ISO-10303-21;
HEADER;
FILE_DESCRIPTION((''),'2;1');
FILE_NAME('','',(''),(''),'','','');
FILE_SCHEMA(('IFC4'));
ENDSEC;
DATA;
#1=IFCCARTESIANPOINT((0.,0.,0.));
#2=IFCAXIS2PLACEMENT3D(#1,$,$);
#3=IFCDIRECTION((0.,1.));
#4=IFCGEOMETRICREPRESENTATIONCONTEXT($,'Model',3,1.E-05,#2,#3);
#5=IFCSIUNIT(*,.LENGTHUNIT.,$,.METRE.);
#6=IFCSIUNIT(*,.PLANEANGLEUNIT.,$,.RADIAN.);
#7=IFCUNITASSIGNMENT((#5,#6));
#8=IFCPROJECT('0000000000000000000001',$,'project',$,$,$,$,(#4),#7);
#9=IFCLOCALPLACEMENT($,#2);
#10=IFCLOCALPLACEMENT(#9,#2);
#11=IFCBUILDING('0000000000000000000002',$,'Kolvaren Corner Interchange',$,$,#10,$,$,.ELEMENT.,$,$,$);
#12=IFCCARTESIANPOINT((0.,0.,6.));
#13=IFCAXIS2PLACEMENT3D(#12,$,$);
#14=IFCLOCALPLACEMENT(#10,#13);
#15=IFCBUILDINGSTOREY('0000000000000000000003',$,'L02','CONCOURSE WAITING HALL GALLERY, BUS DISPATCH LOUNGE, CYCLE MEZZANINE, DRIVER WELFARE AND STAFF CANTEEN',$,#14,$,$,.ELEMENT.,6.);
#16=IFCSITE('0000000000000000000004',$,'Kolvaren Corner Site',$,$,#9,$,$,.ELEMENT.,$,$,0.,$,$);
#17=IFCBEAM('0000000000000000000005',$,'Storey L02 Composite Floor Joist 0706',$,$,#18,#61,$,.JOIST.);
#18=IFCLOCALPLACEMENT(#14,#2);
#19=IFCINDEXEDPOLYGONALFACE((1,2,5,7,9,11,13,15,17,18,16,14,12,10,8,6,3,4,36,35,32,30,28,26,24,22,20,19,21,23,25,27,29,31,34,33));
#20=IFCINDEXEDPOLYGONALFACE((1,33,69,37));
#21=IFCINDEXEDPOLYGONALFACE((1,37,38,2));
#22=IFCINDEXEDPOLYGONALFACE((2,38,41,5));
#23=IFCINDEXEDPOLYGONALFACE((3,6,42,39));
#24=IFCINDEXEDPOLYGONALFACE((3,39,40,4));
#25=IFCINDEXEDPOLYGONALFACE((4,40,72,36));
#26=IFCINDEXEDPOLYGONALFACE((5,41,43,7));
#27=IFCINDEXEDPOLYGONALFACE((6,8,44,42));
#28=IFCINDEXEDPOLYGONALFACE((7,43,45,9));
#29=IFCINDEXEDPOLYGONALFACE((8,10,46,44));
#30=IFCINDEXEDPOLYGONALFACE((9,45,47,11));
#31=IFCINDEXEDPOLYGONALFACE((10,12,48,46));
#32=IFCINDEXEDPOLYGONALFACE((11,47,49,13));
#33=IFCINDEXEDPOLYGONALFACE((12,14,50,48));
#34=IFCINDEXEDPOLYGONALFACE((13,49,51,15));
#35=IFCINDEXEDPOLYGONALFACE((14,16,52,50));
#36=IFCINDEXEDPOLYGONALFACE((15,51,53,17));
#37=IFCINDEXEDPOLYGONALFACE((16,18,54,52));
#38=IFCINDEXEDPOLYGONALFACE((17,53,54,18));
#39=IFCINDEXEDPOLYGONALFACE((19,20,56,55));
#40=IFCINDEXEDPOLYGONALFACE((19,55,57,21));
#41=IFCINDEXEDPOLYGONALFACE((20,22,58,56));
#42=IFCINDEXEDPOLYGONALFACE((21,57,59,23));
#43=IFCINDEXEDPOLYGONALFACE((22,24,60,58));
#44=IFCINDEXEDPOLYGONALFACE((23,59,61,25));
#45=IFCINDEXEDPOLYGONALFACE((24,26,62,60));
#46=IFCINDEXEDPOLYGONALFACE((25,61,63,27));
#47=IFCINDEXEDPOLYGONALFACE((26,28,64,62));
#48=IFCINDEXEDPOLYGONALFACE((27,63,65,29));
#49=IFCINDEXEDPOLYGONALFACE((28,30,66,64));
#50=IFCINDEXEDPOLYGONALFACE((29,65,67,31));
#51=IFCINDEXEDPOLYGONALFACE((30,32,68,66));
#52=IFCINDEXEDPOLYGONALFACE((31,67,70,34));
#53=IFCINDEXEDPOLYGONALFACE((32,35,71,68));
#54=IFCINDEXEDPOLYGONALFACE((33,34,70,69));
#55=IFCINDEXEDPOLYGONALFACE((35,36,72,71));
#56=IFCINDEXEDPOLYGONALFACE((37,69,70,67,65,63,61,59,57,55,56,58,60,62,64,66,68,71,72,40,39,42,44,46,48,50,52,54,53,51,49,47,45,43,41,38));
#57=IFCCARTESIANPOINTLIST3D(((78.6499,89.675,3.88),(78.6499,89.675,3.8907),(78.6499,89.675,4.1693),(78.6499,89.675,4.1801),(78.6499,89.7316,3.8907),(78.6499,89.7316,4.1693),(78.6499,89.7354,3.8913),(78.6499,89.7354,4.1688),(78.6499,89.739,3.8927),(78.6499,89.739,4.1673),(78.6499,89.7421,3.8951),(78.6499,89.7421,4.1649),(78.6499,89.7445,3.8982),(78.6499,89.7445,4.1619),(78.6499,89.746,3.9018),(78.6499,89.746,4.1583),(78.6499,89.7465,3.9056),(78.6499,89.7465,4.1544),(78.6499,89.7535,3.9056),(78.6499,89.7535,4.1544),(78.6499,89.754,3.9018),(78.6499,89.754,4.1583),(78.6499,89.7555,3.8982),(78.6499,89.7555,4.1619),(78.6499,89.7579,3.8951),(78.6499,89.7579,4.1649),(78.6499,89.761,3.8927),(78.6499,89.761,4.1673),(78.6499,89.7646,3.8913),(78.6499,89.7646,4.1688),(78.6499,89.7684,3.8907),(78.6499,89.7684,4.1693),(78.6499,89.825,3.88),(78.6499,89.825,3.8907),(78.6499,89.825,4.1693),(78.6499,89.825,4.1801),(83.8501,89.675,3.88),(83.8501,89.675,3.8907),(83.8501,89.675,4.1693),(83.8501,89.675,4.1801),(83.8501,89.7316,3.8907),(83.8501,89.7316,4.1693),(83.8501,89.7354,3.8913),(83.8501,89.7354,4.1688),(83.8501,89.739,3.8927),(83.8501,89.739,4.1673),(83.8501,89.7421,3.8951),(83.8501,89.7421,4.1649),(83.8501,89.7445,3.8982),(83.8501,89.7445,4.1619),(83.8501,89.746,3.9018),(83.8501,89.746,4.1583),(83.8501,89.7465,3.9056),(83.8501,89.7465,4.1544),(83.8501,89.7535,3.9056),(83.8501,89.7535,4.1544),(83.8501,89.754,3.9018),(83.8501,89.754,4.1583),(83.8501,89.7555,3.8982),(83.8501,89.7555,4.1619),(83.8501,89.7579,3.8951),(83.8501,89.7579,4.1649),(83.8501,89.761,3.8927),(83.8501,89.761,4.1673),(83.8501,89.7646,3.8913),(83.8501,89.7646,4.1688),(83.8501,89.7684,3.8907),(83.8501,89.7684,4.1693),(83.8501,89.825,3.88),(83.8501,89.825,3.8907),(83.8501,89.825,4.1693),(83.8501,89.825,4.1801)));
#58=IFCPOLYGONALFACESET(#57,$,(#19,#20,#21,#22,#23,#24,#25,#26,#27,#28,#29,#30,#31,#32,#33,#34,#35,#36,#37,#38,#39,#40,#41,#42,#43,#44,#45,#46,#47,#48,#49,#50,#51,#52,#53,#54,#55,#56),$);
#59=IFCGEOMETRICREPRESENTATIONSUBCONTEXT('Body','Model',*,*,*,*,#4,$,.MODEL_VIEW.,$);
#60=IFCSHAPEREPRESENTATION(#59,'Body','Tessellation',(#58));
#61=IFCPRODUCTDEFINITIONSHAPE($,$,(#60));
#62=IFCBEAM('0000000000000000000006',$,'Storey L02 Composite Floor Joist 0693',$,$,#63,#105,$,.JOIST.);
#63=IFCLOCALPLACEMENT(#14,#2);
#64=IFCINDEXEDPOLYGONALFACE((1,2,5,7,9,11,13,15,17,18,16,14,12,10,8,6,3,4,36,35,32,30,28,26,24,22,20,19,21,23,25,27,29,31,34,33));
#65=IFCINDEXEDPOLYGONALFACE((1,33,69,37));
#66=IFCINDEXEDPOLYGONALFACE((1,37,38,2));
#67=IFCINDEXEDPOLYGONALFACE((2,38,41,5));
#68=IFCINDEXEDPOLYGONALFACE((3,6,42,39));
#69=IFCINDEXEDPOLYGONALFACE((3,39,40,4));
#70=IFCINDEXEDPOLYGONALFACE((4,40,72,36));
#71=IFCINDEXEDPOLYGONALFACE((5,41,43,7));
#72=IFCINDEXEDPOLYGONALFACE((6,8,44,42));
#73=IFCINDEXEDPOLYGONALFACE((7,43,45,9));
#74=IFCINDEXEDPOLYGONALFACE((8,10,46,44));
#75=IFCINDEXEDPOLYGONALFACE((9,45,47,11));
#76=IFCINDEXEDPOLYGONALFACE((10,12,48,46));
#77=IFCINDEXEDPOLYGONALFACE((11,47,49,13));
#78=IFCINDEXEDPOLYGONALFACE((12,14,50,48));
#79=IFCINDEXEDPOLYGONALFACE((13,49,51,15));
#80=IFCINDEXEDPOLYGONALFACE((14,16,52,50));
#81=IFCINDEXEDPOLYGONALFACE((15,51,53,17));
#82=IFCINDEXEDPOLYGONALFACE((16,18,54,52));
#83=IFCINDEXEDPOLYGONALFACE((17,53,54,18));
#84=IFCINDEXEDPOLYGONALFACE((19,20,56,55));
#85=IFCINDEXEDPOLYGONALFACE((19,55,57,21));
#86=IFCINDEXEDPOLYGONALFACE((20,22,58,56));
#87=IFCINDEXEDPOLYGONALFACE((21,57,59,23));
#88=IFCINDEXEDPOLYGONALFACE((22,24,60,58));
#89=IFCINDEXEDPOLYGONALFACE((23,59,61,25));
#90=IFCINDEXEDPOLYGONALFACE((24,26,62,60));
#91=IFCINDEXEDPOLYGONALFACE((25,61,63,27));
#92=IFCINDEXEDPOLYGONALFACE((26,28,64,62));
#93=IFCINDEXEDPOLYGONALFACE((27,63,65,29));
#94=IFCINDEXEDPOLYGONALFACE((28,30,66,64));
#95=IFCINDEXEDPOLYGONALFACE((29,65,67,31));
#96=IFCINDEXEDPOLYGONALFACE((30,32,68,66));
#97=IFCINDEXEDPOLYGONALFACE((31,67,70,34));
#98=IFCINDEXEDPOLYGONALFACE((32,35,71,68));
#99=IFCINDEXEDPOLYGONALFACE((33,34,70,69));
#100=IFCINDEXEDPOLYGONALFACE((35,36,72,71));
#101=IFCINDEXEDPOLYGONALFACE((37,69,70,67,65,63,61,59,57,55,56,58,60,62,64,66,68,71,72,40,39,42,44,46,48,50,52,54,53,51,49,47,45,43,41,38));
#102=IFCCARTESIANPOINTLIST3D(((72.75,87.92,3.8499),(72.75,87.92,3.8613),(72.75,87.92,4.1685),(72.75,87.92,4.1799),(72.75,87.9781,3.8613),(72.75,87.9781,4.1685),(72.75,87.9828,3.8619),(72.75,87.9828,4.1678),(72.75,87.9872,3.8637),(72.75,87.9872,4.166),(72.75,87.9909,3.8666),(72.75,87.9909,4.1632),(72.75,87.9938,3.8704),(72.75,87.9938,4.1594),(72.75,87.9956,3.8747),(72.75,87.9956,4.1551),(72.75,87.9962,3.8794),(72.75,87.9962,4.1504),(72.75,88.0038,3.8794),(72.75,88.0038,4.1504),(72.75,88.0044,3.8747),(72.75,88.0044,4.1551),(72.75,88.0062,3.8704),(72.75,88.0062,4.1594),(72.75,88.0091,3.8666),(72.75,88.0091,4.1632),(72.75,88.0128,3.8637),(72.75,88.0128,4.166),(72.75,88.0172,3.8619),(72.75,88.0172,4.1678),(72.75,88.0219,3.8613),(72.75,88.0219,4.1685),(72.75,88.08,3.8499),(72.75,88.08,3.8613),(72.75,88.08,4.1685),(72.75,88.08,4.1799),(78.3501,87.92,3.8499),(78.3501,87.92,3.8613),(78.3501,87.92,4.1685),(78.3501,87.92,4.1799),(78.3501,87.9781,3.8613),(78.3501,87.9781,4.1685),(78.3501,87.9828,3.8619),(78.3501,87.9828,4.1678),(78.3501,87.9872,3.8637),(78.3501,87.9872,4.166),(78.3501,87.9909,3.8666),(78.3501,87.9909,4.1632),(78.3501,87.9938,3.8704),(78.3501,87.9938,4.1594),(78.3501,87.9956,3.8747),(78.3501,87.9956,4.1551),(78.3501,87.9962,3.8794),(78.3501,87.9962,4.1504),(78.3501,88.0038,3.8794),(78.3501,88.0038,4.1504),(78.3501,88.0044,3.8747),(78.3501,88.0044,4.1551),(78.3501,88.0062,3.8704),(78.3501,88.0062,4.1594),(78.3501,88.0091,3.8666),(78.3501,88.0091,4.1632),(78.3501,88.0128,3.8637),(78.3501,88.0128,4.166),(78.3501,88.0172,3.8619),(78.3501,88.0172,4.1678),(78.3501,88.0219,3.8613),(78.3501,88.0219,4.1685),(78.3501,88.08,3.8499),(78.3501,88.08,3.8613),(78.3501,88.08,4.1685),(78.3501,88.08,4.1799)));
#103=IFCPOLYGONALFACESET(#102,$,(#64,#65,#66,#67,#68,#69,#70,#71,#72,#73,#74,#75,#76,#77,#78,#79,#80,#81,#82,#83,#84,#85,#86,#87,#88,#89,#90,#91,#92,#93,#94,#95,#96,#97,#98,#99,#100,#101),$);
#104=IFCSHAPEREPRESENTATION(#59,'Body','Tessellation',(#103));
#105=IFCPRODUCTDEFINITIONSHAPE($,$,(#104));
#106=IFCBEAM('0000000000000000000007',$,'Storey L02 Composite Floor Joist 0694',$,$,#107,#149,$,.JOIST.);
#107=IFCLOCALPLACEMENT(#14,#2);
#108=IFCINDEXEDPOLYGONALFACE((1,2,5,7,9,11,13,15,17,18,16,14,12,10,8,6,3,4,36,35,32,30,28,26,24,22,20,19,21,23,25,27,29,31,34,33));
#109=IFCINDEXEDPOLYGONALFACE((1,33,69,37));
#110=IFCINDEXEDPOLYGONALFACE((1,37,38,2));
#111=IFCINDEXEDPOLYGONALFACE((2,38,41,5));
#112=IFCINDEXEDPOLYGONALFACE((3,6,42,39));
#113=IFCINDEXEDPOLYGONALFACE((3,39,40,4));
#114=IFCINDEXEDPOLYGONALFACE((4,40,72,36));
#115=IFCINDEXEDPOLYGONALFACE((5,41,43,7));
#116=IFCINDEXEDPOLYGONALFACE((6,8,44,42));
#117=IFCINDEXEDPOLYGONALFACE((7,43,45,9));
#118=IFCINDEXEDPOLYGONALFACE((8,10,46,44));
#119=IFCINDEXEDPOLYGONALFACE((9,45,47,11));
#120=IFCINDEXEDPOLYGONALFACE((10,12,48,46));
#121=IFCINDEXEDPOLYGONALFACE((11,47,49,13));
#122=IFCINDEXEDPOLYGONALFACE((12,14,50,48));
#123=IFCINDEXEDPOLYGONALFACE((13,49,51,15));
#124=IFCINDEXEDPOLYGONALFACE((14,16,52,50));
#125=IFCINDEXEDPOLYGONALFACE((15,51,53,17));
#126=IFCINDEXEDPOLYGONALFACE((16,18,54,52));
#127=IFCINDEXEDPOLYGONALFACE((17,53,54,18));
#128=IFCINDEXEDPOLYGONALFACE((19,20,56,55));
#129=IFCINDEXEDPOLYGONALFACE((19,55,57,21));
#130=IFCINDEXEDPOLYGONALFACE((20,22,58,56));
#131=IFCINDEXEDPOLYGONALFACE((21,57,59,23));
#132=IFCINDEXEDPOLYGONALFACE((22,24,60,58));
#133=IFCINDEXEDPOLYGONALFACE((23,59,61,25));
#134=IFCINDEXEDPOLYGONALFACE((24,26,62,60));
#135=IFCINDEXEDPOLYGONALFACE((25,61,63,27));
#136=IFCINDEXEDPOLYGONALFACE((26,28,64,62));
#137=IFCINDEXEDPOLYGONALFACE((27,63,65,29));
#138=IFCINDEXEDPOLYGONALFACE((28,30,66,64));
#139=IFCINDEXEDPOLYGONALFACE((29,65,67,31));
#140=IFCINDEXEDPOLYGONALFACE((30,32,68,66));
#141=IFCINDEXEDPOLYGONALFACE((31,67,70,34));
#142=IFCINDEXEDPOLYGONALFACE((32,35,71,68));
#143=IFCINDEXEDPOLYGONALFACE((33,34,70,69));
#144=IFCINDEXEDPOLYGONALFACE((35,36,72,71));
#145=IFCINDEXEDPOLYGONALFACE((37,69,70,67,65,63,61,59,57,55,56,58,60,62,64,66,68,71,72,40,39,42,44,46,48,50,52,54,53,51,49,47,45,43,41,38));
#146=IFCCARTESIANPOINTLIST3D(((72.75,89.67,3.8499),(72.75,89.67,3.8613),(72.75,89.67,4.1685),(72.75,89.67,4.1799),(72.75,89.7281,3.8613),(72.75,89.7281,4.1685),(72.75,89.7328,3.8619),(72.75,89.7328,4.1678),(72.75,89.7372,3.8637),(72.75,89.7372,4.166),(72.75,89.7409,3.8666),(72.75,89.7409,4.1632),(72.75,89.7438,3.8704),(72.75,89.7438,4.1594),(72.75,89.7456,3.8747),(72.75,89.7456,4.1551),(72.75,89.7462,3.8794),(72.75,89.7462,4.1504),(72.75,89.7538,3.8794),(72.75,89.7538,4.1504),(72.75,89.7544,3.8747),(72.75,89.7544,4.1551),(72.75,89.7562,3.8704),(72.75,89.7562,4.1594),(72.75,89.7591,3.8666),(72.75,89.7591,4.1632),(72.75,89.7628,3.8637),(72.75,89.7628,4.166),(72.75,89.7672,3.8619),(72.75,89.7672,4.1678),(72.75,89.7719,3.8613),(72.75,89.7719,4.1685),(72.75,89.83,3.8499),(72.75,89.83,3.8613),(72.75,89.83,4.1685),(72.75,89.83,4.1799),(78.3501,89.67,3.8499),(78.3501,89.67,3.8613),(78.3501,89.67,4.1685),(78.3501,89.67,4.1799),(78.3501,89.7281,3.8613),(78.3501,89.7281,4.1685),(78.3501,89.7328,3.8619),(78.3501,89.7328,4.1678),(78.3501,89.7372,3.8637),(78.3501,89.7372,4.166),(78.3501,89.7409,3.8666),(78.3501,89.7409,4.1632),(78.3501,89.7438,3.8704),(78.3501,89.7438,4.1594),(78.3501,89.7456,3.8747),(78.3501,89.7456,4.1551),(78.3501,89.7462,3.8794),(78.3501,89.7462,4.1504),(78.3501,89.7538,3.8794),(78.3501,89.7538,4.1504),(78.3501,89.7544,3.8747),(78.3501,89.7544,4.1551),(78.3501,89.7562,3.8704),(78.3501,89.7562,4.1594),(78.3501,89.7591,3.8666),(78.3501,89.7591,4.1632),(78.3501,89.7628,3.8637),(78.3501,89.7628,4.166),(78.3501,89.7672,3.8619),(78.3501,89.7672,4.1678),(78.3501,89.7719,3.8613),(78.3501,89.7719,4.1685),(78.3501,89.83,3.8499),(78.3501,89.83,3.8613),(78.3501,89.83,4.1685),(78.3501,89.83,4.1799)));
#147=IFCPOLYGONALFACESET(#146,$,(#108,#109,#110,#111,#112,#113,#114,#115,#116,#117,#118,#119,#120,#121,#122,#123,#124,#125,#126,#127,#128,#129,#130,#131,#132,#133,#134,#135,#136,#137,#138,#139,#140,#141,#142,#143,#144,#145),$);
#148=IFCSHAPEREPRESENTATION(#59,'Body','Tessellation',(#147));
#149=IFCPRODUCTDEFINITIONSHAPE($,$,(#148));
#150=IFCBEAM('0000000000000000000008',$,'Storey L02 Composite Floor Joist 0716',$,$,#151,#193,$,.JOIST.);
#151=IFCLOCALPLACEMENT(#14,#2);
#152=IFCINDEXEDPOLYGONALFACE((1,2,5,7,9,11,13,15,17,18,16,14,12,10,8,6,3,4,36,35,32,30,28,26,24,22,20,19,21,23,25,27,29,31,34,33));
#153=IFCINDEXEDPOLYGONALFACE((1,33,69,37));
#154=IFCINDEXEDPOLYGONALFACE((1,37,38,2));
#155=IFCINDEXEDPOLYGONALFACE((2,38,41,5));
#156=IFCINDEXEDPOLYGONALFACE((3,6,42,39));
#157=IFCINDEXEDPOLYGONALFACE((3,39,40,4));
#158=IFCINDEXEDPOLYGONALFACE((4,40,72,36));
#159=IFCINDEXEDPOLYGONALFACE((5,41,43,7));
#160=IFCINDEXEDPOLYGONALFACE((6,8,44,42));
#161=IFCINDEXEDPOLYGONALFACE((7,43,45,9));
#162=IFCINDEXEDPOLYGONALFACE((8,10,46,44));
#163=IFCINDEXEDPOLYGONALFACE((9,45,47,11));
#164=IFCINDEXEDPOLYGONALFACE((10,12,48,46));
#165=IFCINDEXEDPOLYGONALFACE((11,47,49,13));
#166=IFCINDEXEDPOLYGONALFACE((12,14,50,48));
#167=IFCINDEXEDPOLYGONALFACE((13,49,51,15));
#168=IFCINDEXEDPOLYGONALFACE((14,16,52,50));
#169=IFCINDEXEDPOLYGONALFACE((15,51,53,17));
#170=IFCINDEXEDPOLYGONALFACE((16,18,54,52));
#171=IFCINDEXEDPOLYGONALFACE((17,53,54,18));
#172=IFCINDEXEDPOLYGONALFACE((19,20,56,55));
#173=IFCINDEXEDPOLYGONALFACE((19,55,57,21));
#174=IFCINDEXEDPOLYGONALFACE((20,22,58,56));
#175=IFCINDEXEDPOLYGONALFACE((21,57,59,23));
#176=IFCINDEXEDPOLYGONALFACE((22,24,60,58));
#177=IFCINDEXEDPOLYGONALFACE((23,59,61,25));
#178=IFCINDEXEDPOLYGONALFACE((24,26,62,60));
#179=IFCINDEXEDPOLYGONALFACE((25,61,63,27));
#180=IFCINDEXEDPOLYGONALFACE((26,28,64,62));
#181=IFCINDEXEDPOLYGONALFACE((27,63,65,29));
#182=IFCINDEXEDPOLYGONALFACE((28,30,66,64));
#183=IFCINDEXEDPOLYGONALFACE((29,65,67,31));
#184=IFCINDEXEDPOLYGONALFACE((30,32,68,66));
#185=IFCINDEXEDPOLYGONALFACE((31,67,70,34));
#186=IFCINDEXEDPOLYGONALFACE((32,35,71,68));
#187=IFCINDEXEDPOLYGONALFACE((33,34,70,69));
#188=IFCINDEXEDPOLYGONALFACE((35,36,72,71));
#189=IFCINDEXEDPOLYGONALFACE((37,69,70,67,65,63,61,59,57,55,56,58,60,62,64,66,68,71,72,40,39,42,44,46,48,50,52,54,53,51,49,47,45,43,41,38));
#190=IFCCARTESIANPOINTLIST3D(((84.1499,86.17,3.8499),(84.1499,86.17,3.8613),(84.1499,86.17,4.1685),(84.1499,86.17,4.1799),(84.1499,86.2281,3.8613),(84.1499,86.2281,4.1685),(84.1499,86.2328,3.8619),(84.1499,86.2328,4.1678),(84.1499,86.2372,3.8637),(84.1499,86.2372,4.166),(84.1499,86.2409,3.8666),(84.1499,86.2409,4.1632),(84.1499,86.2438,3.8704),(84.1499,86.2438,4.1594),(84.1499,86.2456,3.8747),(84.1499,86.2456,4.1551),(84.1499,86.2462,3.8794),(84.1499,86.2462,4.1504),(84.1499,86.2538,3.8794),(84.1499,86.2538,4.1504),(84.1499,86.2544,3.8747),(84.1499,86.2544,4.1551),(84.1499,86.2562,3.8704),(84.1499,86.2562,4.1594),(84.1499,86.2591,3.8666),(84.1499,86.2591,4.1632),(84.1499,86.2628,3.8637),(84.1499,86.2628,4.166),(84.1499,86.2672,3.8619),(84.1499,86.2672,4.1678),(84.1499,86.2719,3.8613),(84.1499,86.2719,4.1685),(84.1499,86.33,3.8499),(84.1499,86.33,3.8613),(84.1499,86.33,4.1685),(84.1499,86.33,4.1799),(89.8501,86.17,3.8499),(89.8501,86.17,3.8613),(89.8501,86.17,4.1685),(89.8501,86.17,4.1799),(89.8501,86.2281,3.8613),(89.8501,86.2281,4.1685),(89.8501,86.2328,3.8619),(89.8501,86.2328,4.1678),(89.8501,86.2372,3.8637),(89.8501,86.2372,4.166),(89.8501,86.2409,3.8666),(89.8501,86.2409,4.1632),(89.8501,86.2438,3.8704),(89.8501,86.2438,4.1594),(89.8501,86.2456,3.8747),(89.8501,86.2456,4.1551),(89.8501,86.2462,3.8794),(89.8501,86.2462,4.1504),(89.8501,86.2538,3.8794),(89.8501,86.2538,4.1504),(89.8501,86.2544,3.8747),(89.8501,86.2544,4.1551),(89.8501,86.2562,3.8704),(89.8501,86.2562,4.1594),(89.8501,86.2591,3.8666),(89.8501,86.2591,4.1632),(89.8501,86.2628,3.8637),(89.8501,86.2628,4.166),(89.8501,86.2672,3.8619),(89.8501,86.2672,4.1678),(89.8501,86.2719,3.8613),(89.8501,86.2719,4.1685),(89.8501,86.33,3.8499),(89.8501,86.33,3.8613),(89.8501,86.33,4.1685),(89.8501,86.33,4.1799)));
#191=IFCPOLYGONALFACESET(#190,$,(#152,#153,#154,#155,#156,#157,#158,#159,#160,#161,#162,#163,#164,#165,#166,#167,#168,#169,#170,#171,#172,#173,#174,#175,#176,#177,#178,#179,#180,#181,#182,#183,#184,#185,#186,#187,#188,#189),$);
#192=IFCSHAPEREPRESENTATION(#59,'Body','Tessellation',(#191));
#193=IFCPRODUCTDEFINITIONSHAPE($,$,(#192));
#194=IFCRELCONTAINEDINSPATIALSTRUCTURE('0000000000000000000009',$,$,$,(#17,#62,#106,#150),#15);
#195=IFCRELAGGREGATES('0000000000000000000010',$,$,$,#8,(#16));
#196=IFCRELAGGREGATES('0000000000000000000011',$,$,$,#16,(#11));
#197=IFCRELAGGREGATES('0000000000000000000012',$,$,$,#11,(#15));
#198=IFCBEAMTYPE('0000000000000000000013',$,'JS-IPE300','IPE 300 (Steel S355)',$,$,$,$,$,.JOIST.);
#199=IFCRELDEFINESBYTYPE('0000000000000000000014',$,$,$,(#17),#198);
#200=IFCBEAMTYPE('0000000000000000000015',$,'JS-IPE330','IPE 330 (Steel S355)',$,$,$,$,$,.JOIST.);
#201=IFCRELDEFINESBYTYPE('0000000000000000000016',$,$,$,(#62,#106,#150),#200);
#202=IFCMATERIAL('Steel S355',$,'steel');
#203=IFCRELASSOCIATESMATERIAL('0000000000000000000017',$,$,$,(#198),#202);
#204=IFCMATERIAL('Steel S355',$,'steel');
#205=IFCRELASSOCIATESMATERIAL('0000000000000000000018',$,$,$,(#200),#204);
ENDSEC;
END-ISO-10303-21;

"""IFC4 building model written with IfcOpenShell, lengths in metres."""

from ifc_helpers import new_model, si_unit, direction, frame, origin, origin_2d, place, context, subcontext, project, spatial, i_section, extrude, material, material_profile, profile_set, type_object, element, save


model = new_model("IFC4")

# Units and contexts
model_context = context("Model", 3, precision=1e-05, world=origin(), true_north=direction((0.0, 1.0)))
body_context = subcontext(model_context, "Body", "Model", "MODEL_VIEW")
ifc_project = project(units=[si_unit("LENGTHUNIT", "METRE"), si_unit("PLANEANGLEUNIT", "RADIAN")], contexts=[model_context])

# Site, building, storey
site_placement = place(None, origin())
site = spatial("IfcSite", under=ifc_project, at=site_placement, Name="Kolvaren Corner Site", CompositionType="ELEMENT", RefElevation=0.0)
building_placement = place(site_placement, origin())
building = spatial("IfcBuilding", under=site, at=building_placement, Name="Kolvaren Corner Interchange", CompositionType="ELEMENT")
storey_placement = place(building_placement, frame((0.0, 0.0, 6.0)))
storey = spatial("IfcBuildingStorey", under=building, at=storey_placement, Name="L02", Description="CONCOURSE WAITING HALL GALLERY, BUS DISPATCH LOUNGE, CYCLE MEZZANINE, DRIVER WELFARE AND STAFF CANTEEN", CompositionType="ELEMENT", Elevation=6.0)

# Beams
ifc_material_1 = material(Name="Steel S355", Category="steel")
ifc_material_profile_1 = material_profile(ifc_material_1, i_section(OverallWidth=0.1499, OverallDepth=0.3, WebThickness=0.0071, FlangeThickness=0.0107, FilletRadius=0.0149, at=origin_2d()), Name="IPE 300")
ifc_profile_set_1 = profile_set([ifc_material_profile_1], Name="Steel S355")
beam_type_1 = type_object("IfcBeamType", Name="JS-IPE300", Description="IPE 300 (Steel S355)", PredefinedType="JOIST", material=ifc_profile_set_1)
for number, where, z_axis, x_axis, name in (
    (1, (78.6499, 89.75, 4.03), (1.0, 0.0, 0.0), (0.0, 1.0, 0.0), "Storey L02 Composite Floor Joist 0706"),
):
    element("IfcBeam", number, at=place(storey_placement, frame(where, z_axis=z_axis, x_axis=x_axis)), inside=storey, type_object=beam_type_1, Name=name, PredefinedType="JOIST", context=body_context, shape_type="SweptSolid", body=[
        extrude(i_section(OverallWidth=0.1499, OverallDepth=0.3, WebThickness=0.0071, FlangeThickness=0.0107, FilletRadius=0.0149, at=origin_2d()), origin(), (0.0, 0.0, 1.0), 5.2002),
    ])
ifc_material_2 = material(Name="Steel S355", Category="steel")
ifc_material_profile_2 = material_profile(ifc_material_2, i_section(OverallWidth=0.1599, OverallDepth=0.3301, WebThickness=0.0076, FlangeThickness=0.0115, FilletRadius=0.0181, at=origin_2d()), Name="IPE 330")
ifc_profile_set_2 = profile_set([ifc_material_profile_2], Name="Steel S355")
beam_type_2 = type_object("IfcBeamType", Name="JS-IPE330", Description="IPE 330 (Steel S355)", PredefinedType="JOIST", material=ifc_profile_set_2)
for number, where, z_axis, x_axis, name in (
    (2, (72.75, 88.0, 4.0149), (1.0, 0.0, 0.0), (0.0, 1.0, 0.0), "Storey L02 Composite Floor Joist 0693"),
    (3, (72.75, 89.75, 4.0149), (1.0, 0.0, 0.0), (0.0, 1.0, 0.0), "Storey L02 Composite Floor Joist 0694"),
):
    element("IfcBeam", number, at=place(storey_placement, frame(where, z_axis=z_axis, x_axis=x_axis)), inside=storey, type_object=beam_type_2, Name=name, PredefinedType="JOIST", context=body_context, shape_type="SweptSolid", body=[
        extrude(i_section(OverallWidth=0.1599, OverallDepth=0.3301, WebThickness=0.0076, FlangeThickness=0.0115, FilletRadius=0.0181, at=origin_2d()), origin(), (0.0, 0.0, 1.0), 5.6001),
    ])
for number, where, z_axis, x_axis, name in (
    (4, (84.1499, 86.25, 4.0149), (1.0, 0.0, 0.0), (0.0, 1.0, 0.0), "Storey L02 Composite Floor Joist 0716"),
):
    element("IfcBeam", number, at=place(storey_placement, frame(where, z_axis=z_axis, x_axis=x_axis)), inside=storey, type_object=beam_type_2, Name=name, PredefinedType="JOIST", context=body_context, shape_type="SweptSolid", body=[
        extrude(i_section(OverallWidth=0.1599, OverallDepth=0.3301, WebThickness=0.0076, FlangeThickness=0.0115, FilletRadius=0.0181, at=origin_2d()), origin(), (0.0, 0.0, 1.0), 5.7002),
    ])

save(model, "model.ifc")
